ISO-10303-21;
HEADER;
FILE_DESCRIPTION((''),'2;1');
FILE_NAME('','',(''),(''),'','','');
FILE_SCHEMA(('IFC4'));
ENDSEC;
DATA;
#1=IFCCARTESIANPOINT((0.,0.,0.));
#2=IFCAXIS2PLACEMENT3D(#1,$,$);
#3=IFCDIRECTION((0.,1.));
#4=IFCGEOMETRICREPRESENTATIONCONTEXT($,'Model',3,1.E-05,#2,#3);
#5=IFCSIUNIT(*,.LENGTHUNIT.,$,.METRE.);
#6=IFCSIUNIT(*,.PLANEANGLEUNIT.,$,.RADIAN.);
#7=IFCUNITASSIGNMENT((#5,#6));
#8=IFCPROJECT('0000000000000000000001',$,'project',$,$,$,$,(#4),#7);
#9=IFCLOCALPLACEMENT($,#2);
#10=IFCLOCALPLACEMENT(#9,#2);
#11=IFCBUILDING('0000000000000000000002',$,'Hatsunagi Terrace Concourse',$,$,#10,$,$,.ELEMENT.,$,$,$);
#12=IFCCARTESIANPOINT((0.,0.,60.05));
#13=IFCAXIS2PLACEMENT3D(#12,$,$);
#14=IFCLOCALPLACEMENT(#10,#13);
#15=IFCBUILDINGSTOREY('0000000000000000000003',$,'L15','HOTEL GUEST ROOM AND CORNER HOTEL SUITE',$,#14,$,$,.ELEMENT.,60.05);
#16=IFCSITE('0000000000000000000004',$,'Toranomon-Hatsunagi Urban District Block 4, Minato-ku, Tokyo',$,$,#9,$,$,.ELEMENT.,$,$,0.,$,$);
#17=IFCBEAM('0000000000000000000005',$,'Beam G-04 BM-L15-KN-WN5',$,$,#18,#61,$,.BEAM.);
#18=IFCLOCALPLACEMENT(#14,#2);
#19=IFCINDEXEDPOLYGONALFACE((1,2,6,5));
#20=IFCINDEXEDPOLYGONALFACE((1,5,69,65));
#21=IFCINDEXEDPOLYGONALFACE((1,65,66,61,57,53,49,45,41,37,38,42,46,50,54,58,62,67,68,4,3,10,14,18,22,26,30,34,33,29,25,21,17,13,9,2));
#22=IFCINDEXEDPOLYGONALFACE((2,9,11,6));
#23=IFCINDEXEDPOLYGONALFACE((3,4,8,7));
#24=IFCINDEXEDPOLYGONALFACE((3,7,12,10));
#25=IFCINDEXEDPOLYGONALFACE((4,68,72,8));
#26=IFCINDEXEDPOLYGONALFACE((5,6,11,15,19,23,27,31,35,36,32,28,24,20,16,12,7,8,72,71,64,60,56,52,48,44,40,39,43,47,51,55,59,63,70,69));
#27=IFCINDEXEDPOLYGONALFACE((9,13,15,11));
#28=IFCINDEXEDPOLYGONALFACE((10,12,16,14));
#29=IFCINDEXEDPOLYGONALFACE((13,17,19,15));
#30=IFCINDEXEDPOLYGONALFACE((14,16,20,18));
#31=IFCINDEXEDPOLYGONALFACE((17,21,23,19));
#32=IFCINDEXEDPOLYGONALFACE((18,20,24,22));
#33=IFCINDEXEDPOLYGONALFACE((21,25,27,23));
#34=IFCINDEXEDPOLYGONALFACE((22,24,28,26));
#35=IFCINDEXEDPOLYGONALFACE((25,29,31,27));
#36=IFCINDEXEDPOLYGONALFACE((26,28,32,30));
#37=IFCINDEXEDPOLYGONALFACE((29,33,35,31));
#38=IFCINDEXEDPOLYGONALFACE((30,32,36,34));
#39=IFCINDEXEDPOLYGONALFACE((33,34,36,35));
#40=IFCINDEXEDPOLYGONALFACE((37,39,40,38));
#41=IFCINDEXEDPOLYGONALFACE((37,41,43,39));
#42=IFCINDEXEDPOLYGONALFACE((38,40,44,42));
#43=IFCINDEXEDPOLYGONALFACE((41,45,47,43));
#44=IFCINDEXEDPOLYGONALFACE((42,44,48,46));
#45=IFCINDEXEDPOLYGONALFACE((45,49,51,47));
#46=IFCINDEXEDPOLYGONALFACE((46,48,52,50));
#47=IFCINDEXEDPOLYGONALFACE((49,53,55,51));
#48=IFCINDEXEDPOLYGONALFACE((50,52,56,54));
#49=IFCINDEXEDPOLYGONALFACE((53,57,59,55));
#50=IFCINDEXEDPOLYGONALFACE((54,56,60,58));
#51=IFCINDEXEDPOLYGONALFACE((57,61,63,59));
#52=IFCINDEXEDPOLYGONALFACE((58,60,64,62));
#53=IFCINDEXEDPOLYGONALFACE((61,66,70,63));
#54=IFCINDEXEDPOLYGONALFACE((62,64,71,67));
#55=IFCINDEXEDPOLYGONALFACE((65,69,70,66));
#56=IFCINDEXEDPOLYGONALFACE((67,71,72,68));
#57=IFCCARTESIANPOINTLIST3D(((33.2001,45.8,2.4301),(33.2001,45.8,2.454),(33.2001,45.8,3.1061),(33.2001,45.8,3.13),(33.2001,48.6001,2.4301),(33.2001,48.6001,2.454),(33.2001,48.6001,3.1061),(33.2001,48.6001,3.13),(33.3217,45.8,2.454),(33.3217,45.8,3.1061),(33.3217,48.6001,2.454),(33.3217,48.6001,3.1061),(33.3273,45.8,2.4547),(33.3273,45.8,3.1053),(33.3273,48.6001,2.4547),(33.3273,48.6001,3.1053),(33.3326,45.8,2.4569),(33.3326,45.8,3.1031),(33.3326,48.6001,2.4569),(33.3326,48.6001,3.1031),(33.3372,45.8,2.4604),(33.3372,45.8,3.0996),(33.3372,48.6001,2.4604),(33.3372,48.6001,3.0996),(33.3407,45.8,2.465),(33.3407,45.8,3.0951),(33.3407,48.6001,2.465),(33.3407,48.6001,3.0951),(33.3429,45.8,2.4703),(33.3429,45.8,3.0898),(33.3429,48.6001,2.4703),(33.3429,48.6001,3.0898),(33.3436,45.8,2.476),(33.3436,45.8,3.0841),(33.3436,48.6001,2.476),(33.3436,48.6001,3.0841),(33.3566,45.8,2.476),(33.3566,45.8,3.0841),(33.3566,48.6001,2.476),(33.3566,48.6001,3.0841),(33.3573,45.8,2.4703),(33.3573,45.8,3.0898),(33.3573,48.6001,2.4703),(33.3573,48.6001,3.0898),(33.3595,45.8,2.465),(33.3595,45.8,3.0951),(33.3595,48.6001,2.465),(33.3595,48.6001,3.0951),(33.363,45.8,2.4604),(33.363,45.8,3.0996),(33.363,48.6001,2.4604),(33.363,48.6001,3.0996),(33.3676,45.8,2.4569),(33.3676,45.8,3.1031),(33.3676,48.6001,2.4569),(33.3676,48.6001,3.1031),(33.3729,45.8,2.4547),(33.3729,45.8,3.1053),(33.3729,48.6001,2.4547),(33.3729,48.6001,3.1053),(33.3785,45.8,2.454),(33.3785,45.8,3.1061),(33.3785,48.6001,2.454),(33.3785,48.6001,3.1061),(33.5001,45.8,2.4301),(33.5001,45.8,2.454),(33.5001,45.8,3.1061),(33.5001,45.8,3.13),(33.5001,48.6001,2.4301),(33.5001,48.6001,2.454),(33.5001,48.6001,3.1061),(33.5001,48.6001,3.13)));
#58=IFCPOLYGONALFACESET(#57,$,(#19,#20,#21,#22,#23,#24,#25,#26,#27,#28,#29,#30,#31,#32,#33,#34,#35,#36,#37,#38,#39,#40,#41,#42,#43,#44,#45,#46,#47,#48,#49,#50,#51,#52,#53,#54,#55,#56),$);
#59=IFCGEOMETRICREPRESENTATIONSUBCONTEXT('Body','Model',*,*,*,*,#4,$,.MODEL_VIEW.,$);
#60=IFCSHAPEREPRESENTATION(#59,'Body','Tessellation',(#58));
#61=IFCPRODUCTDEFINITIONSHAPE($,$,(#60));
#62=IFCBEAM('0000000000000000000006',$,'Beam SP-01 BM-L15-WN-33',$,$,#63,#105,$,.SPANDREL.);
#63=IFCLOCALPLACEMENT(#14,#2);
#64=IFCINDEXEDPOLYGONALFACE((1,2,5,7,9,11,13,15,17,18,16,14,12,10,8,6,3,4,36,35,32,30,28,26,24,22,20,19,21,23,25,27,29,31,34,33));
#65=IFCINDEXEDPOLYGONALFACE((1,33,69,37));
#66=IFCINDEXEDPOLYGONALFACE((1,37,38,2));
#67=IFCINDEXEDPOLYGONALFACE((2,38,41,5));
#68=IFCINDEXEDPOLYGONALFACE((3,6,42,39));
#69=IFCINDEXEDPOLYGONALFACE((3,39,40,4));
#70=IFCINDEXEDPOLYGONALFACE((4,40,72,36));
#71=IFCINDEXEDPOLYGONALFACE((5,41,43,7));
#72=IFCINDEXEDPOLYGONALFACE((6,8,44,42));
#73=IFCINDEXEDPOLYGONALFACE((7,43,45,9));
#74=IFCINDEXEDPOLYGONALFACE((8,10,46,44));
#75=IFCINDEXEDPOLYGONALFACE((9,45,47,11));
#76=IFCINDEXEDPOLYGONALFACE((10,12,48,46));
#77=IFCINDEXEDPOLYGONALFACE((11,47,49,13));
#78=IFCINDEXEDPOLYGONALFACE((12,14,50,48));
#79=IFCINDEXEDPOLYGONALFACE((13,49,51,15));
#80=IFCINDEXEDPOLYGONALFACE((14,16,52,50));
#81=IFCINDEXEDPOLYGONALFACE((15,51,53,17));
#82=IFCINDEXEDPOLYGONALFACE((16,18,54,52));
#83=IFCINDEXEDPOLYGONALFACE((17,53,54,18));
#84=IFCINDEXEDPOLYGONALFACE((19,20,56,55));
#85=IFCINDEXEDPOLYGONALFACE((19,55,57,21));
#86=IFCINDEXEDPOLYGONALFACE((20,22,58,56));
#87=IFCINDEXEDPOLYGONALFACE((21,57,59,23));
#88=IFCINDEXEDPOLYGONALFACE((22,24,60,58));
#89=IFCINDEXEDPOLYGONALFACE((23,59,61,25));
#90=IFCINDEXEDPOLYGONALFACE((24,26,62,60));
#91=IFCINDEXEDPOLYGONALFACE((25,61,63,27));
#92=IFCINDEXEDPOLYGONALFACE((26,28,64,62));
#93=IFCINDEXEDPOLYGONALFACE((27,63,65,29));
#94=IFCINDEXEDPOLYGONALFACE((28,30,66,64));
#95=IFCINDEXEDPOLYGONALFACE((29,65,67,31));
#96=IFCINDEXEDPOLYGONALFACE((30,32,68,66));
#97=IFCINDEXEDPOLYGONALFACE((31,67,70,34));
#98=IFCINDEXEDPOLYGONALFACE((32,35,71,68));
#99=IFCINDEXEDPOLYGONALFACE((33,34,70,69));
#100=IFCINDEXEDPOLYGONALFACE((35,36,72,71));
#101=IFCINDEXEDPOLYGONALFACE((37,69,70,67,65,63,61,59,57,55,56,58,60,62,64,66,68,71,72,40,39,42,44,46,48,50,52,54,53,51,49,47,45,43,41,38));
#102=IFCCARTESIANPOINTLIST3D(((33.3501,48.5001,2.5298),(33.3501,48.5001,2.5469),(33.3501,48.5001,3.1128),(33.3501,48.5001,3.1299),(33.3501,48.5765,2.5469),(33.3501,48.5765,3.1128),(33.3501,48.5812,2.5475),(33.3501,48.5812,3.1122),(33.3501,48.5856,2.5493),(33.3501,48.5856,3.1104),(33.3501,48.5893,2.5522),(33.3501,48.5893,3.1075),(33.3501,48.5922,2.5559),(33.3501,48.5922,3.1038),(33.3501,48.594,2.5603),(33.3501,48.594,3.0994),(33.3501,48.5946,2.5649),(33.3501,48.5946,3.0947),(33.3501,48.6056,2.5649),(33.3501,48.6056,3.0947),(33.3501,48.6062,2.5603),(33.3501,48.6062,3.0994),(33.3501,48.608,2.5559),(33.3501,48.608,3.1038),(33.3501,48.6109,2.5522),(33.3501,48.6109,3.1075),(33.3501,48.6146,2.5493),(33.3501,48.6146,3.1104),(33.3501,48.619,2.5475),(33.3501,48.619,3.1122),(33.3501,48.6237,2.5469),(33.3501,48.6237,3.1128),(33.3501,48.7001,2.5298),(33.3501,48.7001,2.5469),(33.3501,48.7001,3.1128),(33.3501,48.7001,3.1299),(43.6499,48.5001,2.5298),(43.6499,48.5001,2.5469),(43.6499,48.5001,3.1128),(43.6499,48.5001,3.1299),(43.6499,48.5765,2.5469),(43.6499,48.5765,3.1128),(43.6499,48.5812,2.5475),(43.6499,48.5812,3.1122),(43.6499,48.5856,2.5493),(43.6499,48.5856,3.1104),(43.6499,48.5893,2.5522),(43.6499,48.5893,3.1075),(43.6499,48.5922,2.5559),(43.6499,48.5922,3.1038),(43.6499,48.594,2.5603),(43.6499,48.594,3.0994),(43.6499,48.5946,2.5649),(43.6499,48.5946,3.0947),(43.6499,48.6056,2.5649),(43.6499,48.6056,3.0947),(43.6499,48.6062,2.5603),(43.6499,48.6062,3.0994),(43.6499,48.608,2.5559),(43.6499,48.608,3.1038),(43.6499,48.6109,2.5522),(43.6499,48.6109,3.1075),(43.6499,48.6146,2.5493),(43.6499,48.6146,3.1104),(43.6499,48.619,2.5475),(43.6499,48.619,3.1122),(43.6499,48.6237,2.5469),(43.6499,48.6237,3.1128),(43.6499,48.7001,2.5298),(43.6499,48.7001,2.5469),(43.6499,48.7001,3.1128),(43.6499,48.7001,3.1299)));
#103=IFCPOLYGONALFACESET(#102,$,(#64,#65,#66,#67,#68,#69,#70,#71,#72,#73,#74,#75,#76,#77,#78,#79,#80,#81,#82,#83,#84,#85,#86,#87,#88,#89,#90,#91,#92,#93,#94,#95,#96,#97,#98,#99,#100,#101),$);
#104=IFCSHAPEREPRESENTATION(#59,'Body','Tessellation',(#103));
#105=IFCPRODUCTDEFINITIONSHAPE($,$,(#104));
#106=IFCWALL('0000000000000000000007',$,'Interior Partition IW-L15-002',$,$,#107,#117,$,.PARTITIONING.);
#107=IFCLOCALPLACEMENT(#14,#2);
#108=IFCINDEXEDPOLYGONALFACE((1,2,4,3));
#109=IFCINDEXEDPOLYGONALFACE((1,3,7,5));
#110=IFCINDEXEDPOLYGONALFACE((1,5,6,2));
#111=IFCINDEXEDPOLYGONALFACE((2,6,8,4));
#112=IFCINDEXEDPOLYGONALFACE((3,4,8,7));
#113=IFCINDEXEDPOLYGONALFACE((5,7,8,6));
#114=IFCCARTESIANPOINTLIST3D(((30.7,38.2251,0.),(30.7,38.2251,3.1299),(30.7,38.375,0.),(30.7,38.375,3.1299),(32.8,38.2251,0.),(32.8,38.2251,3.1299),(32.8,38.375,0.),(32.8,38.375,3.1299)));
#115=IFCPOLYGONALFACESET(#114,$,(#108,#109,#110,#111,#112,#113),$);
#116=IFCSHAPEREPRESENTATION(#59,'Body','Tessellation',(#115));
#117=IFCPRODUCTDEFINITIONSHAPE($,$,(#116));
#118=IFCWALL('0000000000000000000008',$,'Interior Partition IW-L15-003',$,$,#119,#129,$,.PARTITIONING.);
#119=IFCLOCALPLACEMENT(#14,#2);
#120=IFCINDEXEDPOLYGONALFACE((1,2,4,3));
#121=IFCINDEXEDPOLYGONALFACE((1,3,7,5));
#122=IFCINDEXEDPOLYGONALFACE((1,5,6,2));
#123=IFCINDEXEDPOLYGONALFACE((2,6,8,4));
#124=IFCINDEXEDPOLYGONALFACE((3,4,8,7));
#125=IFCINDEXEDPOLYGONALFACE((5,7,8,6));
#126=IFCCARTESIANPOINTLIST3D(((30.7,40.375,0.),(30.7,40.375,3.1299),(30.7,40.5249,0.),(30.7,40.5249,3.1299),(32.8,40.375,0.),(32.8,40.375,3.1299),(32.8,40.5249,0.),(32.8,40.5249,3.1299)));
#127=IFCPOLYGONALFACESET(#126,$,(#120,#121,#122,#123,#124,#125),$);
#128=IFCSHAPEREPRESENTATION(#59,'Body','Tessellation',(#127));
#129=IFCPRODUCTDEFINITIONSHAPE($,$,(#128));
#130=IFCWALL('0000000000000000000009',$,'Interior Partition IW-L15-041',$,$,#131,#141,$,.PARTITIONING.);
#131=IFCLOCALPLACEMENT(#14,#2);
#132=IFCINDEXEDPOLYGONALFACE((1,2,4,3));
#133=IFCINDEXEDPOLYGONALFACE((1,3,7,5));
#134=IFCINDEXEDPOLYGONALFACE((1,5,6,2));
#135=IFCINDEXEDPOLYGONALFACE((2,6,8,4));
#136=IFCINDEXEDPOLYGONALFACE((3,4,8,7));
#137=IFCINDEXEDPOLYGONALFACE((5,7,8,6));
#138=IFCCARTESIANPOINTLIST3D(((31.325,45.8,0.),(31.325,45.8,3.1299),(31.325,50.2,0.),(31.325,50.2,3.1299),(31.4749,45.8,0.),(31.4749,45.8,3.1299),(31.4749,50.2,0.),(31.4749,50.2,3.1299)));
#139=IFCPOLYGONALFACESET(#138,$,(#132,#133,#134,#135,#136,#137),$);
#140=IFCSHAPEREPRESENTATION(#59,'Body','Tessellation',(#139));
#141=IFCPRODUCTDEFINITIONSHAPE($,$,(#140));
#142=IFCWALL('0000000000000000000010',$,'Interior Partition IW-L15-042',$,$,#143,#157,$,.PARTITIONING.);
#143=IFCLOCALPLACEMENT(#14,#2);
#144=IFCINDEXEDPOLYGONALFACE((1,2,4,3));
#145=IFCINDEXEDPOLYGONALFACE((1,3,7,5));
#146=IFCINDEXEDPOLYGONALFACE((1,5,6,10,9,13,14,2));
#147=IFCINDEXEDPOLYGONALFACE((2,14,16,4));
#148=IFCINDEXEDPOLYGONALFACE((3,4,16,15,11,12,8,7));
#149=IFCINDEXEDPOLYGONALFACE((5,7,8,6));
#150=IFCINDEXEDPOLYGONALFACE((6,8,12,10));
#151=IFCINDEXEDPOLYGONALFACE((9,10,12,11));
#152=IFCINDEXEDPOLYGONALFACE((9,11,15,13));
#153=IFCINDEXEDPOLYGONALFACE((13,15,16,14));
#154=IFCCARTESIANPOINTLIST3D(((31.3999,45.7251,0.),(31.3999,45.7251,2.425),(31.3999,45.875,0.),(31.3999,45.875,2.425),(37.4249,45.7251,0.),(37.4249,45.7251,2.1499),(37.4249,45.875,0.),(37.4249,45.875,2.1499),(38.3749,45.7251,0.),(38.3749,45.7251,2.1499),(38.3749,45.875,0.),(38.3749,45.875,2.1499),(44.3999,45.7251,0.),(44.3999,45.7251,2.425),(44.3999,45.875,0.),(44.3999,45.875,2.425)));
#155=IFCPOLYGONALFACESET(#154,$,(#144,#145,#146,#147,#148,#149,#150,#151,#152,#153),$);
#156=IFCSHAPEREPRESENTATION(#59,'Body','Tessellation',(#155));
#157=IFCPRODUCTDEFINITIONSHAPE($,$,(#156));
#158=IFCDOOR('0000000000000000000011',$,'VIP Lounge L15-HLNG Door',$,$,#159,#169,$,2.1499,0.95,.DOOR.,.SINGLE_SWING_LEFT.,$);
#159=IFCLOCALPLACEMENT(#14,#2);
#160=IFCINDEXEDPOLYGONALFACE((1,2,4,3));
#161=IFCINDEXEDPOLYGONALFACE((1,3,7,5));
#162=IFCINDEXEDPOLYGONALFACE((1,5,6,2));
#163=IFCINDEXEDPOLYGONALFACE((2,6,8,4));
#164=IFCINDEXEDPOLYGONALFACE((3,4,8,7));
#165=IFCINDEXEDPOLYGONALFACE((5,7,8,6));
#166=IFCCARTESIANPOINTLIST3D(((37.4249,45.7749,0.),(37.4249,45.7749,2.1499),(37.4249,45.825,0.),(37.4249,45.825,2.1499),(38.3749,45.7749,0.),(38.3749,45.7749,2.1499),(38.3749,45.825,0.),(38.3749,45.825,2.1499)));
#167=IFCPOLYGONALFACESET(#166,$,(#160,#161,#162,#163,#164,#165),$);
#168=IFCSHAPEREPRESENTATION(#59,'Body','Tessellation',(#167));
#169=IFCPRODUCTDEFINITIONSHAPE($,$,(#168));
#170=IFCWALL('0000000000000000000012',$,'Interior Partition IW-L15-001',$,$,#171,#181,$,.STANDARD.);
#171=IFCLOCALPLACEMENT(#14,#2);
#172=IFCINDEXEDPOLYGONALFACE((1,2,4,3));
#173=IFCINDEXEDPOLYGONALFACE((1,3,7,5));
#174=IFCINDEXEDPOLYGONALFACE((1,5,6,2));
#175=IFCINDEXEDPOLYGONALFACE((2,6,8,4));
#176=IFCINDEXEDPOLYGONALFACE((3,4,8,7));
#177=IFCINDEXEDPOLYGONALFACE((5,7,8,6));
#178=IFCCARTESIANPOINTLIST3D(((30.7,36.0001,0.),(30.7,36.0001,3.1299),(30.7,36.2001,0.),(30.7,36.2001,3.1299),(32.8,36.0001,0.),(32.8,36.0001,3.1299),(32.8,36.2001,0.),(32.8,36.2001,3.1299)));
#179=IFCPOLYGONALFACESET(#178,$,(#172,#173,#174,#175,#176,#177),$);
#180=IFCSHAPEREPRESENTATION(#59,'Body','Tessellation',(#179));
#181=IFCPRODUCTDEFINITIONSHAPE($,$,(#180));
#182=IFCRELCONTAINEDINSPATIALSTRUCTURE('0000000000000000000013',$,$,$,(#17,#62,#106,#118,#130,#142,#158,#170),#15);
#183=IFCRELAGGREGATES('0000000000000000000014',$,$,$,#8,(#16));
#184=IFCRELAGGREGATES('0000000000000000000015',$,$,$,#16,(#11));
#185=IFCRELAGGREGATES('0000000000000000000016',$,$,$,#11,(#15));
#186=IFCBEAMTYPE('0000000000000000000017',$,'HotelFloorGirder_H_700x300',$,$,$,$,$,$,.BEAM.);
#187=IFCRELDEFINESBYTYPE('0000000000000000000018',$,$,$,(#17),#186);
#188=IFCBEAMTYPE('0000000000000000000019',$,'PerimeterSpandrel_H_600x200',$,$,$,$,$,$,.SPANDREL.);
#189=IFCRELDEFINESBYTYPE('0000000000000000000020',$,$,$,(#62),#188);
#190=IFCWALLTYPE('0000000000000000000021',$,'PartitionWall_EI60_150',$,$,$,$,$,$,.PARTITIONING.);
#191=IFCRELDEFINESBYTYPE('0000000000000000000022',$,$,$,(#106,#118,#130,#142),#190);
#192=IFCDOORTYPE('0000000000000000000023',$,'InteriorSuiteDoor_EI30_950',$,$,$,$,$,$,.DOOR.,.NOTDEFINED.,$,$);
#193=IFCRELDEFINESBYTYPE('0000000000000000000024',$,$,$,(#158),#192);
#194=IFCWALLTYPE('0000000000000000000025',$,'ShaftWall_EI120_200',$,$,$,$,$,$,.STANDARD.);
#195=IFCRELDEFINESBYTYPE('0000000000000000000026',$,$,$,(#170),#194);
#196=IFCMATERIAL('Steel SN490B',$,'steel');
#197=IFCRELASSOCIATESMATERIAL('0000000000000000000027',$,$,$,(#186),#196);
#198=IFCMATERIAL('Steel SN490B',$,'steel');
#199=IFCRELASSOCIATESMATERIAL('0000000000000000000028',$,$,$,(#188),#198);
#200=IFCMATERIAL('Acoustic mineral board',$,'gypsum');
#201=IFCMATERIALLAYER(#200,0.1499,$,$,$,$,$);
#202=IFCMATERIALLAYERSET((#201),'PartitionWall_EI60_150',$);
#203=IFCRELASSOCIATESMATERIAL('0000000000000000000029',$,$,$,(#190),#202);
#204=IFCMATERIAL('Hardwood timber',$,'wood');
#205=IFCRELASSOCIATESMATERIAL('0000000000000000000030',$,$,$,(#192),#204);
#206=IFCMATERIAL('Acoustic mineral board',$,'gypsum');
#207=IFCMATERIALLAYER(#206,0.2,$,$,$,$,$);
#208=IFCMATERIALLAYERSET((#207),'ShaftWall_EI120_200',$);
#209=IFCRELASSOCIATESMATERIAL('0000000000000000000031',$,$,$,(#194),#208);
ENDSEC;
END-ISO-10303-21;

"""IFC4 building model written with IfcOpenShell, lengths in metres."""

from ifc_helpers import new_model, si_unit, direction, frame, frame_2d, origin, origin_2d, place, context, subcontext, project, spatial, rectangle, i_section, extrude, material, layer, layer_set, material_profile, profile_set, type_object, element, fill, save


model = new_model("IFC4")

# Units and contexts
model_context = context("Model", 3, precision=1e-05, world=origin(), true_north=direction((0.0, 1.0)))
body_context = subcontext(model_context, "Body", "Model", "MODEL_VIEW")
ifc_project = project(units=[si_unit("LENGTHUNIT", "METRE"), si_unit("PLANEANGLEUNIT", "RADIAN")], contexts=[model_context])

# Site, building, storey
site_placement = place(None, origin())
site = spatial("IfcSite", under=ifc_project, at=site_placement, Name="Toranomon-Hatsunagi Urban District Block 4, Minato-ku, Tokyo", CompositionType="ELEMENT", RefElevation=0.0)
building_placement = place(site_placement, origin())
building = spatial("IfcBuilding", under=site, at=building_placement, Name="Hatsunagi Terrace Concourse", CompositionType="ELEMENT")
storey_placement = place(building_placement, frame((0.0, 0.0, 60.05)))
storey = spatial("IfcBuildingStorey", under=building, at=storey_placement, Name="L15", Description="HOTEL GUEST ROOM AND CORNER HOTEL SUITE", CompositionType="ELEMENT", Elevation=60.05)

# Beams
ifc_material_1 = material(Name="Steel SN490B", Category="steel")
ifc_material_profile_1 = material_profile(ifc_material_1, i_section(OverallWidth=0.3, OverallDepth=0.7, WebThickness=0.0129, FlangeThickness=0.0239, FilletRadius=0.022, at=origin_2d()), Name="H-700x300x13x24")
ifc_profile_set_1 = profile_set([ifc_material_profile_1], Name="Steel SN490B")
beam_type_1 = type_object("IfcBeamType", Name="HotelFloorGirder_H_700x300", PredefinedType="BEAM", material=ifc_profile_set_1)
beam_1_placement = place(storey_placement, frame((33.3501, 45.8, 2.78), z_axis=(0.0, 1.0, 0.0), x_axis=(-1.0, 0.0, 0.0)))
element("IfcBeam", 1, at=beam_1_placement, inside=storey, type_object=beam_type_1, Name="Beam G-04 BM-L15-KN-WN5", PredefinedType="BEAM", context=body_context, shape_type="SweptSolid", body=[
    extrude(i_section(OverallWidth=0.3, OverallDepth=0.7, WebThickness=0.0129, FlangeThickness=0.0239, FilletRadius=0.022, at=origin_2d()), origin(), (0.0, 0.0, 1.0), 2.8),
])
ifc_material_2 = material(Name="Steel SN490B", Category="steel")
ifc_material_profile_2 = material_profile(ifc_material_2, i_section(OverallWidth=0.2, OverallDepth=0.6001, WebThickness=0.011, FlangeThickness=0.0171, FilletRadius=0.0181, at=origin_2d()), Name="H-600x200x11x17")
ifc_profile_set_2 = profile_set([ifc_material_profile_2], Name="Steel SN490B")
beam_type_2 = type_object("IfcBeamType", Name="PerimeterSpandrel_H_600x200", PredefinedType="SPANDREL", material=ifc_profile_set_2)
beam_2_placement = place(storey_placement, frame((33.3501, 48.6001, 2.8298), z_axis=(1.0, 0.0, 0.0), x_axis=(0.0, 1.0, 0.0)))
element("IfcBeam", 2, at=beam_2_placement, inside=storey, type_object=beam_type_2, Name="Beam SP-01 BM-L15-WN-33", PredefinedType="SPANDREL", context=body_context, shape_type="SweptSolid", body=[
    extrude(i_section(OverallWidth=0.2, OverallDepth=0.6001, WebThickness=0.011, FlangeThickness=0.0171, FilletRadius=0.0181, at=origin_2d()), origin(), (0.0, 0.0, 1.0), 10.2998),
])

# Walls
ifc_material_3 = material(Name="Acoustic mineral board", Category="gypsum")
ifc_layer_1 = layer(ifc_material_3, 0.1499)
ifc_layer_set_1 = layer_set([ifc_layer_1], Name="PartitionWall_EI60_150")
wall_type_1 = type_object("IfcWallType", Name="PartitionWall_EI60_150", PredefinedType="PARTITIONING", material=ifc_layer_set_1)
for number, where, z_axis, x_axis, name in (
    (3, (30.7, 38.3, 0.0), (0.0, 0.0, 1.0), (1.0, 0.0, 0.0), "Interior Partition IW-L15-002"),
    (4, (30.7, 40.45, 0.0), (0.0, 0.0, 1.0), (1.0, 0.0, 0.0), "Interior Partition IW-L15-003"),
):
    element("IfcWall", number, at=place(storey_placement, frame(where, z_axis=z_axis, x_axis=x_axis)), inside=storey, type_object=wall_type_1, Name=name, PredefinedType="PARTITIONING", context=body_context, shape_type="SweptSolid", body=[
        extrude(rectangle(XDim=2.1001, YDim=0.1499, at=frame_2d((1.05, 0.0))), origin(), (0.0, 0.0, 1.0), 3.1299),
    ])
wall_1_placement = place(storey_placement, frame((31.3999, 45.8, 0.0), z_axis=(0.0, 0.0, 1.0), x_axis=(0.0, 1.0, 0.0)))
element("IfcWall", 5, at=wall_1_placement, inside=storey, type_object=wall_type_1, Name="Interior Partition IW-L15-041", PredefinedType="PARTITIONING", context=body_context, shape_type="SweptSolid", body=[
    extrude(rectangle(XDim=4.3999, YDim=0.1499, at=frame_2d((2.2, 0.0))), origin(), (0.0, 0.0, 1.0), 3.1299),
])

# Wall, opening, door
wall_2_placement = place(storey_placement, frame((31.3999, 45.8, 0.0), z_axis=(0.0, 0.0, 1.0), x_axis=(1.0, 0.0, 0.0)))
wall_2 = element("IfcWall", 6, at=wall_2_placement, inside=storey, type_object=wall_type_1, Name="Interior Partition IW-L15-042", PredefinedType="PARTITIONING", context=body_context, shape_type="SweptSolid", body=[
    extrude(rectangle(XDim=13.0, YDim=0.1499, at=frame_2d((6.5, 0.0))), origin(), (0.0, 0.0, 1.0), 2.425),
])
opening_1_placement = place(wall_2_placement, frame((6.0249, 0.0, 0.0)))
opening_1 = element("IfcOpeningElement", 7, at=opening_1_placement, cuts=wall_2, PredefinedType="OPENING", context=body_context, shape_type="SweptSolid", body=[
    extrude(rectangle(XDim=0.95, YDim=2.1499, at=frame_2d((0.4751, 1.075))), frame((0.0, 0.085, 0.0), z_axis=(0.0, -1.0, 0.0), x_axis=(1.0, 0.0, 0.0)), (0.0, 0.0, 1.0), 0.1699),
])
ifc_material_4 = material(Name="Hardwood timber", Category="wood")
door_type_1 = type_object("IfcDoorType", Name="InteriorSuiteDoor_EI30_950", OperationType="NOTDEFINED", PredefinedType="DOOR", material=ifc_material_4)
door_1_placement = place(opening_1_placement, origin())
door_1 = element("IfcDoor", 8, at=door_1_placement, inside=storey, type_object=door_type_1, Name="VIP Lounge L15-HLNG Door", OperationType="SINGLE_SWING_LEFT", OverallHeight=2.1499, OverallWidth=0.95, PredefinedType="DOOR", context=body_context, shape_type="SweptSolid", body=[
    extrude(rectangle(XDim=0.95, YDim=2.1499, at=frame_2d((0.4751, 1.075))), frame((0.0, 0.0249, 0.0), z_axis=(0.0, -1.0, 0.0), x_axis=(1.0, 0.0, 0.0)), (0.0, 0.0, 1.0), 0.05),
])
fill(opening_1, door_1)

# Wall
ifc_material_5 = material(Name="Acoustic mineral board", Category="gypsum")
ifc_layer_2 = layer(ifc_material_5, 0.2)
ifc_layer_set_2 = layer_set([ifc_layer_2], Name="ShaftWall_EI120_200")
wall_type_2 = type_object("IfcWallType", Name="ShaftWall_EI120_200", PredefinedType="STANDARD", material=ifc_layer_set_2)
wall_3_placement = place(storey_placement, frame((30.7, 36.1001, 0.0), z_axis=(0.0, 0.0, 1.0), x_axis=(1.0, 0.0, 0.0)))
element("IfcWall", 9, at=wall_3_placement, inside=storey, type_object=wall_type_2, Name="Interior Partition IW-L15-001", PredefinedType="STANDARD", context=body_context, shape_type="SweptSolid", body=[
    extrude(rectangle(XDim=2.1001, YDim=0.2, at=frame_2d((1.05, 0.0))), origin(), (0.0, 0.0, 1.0), 3.1299),
])

save(model, "model.ifc")
